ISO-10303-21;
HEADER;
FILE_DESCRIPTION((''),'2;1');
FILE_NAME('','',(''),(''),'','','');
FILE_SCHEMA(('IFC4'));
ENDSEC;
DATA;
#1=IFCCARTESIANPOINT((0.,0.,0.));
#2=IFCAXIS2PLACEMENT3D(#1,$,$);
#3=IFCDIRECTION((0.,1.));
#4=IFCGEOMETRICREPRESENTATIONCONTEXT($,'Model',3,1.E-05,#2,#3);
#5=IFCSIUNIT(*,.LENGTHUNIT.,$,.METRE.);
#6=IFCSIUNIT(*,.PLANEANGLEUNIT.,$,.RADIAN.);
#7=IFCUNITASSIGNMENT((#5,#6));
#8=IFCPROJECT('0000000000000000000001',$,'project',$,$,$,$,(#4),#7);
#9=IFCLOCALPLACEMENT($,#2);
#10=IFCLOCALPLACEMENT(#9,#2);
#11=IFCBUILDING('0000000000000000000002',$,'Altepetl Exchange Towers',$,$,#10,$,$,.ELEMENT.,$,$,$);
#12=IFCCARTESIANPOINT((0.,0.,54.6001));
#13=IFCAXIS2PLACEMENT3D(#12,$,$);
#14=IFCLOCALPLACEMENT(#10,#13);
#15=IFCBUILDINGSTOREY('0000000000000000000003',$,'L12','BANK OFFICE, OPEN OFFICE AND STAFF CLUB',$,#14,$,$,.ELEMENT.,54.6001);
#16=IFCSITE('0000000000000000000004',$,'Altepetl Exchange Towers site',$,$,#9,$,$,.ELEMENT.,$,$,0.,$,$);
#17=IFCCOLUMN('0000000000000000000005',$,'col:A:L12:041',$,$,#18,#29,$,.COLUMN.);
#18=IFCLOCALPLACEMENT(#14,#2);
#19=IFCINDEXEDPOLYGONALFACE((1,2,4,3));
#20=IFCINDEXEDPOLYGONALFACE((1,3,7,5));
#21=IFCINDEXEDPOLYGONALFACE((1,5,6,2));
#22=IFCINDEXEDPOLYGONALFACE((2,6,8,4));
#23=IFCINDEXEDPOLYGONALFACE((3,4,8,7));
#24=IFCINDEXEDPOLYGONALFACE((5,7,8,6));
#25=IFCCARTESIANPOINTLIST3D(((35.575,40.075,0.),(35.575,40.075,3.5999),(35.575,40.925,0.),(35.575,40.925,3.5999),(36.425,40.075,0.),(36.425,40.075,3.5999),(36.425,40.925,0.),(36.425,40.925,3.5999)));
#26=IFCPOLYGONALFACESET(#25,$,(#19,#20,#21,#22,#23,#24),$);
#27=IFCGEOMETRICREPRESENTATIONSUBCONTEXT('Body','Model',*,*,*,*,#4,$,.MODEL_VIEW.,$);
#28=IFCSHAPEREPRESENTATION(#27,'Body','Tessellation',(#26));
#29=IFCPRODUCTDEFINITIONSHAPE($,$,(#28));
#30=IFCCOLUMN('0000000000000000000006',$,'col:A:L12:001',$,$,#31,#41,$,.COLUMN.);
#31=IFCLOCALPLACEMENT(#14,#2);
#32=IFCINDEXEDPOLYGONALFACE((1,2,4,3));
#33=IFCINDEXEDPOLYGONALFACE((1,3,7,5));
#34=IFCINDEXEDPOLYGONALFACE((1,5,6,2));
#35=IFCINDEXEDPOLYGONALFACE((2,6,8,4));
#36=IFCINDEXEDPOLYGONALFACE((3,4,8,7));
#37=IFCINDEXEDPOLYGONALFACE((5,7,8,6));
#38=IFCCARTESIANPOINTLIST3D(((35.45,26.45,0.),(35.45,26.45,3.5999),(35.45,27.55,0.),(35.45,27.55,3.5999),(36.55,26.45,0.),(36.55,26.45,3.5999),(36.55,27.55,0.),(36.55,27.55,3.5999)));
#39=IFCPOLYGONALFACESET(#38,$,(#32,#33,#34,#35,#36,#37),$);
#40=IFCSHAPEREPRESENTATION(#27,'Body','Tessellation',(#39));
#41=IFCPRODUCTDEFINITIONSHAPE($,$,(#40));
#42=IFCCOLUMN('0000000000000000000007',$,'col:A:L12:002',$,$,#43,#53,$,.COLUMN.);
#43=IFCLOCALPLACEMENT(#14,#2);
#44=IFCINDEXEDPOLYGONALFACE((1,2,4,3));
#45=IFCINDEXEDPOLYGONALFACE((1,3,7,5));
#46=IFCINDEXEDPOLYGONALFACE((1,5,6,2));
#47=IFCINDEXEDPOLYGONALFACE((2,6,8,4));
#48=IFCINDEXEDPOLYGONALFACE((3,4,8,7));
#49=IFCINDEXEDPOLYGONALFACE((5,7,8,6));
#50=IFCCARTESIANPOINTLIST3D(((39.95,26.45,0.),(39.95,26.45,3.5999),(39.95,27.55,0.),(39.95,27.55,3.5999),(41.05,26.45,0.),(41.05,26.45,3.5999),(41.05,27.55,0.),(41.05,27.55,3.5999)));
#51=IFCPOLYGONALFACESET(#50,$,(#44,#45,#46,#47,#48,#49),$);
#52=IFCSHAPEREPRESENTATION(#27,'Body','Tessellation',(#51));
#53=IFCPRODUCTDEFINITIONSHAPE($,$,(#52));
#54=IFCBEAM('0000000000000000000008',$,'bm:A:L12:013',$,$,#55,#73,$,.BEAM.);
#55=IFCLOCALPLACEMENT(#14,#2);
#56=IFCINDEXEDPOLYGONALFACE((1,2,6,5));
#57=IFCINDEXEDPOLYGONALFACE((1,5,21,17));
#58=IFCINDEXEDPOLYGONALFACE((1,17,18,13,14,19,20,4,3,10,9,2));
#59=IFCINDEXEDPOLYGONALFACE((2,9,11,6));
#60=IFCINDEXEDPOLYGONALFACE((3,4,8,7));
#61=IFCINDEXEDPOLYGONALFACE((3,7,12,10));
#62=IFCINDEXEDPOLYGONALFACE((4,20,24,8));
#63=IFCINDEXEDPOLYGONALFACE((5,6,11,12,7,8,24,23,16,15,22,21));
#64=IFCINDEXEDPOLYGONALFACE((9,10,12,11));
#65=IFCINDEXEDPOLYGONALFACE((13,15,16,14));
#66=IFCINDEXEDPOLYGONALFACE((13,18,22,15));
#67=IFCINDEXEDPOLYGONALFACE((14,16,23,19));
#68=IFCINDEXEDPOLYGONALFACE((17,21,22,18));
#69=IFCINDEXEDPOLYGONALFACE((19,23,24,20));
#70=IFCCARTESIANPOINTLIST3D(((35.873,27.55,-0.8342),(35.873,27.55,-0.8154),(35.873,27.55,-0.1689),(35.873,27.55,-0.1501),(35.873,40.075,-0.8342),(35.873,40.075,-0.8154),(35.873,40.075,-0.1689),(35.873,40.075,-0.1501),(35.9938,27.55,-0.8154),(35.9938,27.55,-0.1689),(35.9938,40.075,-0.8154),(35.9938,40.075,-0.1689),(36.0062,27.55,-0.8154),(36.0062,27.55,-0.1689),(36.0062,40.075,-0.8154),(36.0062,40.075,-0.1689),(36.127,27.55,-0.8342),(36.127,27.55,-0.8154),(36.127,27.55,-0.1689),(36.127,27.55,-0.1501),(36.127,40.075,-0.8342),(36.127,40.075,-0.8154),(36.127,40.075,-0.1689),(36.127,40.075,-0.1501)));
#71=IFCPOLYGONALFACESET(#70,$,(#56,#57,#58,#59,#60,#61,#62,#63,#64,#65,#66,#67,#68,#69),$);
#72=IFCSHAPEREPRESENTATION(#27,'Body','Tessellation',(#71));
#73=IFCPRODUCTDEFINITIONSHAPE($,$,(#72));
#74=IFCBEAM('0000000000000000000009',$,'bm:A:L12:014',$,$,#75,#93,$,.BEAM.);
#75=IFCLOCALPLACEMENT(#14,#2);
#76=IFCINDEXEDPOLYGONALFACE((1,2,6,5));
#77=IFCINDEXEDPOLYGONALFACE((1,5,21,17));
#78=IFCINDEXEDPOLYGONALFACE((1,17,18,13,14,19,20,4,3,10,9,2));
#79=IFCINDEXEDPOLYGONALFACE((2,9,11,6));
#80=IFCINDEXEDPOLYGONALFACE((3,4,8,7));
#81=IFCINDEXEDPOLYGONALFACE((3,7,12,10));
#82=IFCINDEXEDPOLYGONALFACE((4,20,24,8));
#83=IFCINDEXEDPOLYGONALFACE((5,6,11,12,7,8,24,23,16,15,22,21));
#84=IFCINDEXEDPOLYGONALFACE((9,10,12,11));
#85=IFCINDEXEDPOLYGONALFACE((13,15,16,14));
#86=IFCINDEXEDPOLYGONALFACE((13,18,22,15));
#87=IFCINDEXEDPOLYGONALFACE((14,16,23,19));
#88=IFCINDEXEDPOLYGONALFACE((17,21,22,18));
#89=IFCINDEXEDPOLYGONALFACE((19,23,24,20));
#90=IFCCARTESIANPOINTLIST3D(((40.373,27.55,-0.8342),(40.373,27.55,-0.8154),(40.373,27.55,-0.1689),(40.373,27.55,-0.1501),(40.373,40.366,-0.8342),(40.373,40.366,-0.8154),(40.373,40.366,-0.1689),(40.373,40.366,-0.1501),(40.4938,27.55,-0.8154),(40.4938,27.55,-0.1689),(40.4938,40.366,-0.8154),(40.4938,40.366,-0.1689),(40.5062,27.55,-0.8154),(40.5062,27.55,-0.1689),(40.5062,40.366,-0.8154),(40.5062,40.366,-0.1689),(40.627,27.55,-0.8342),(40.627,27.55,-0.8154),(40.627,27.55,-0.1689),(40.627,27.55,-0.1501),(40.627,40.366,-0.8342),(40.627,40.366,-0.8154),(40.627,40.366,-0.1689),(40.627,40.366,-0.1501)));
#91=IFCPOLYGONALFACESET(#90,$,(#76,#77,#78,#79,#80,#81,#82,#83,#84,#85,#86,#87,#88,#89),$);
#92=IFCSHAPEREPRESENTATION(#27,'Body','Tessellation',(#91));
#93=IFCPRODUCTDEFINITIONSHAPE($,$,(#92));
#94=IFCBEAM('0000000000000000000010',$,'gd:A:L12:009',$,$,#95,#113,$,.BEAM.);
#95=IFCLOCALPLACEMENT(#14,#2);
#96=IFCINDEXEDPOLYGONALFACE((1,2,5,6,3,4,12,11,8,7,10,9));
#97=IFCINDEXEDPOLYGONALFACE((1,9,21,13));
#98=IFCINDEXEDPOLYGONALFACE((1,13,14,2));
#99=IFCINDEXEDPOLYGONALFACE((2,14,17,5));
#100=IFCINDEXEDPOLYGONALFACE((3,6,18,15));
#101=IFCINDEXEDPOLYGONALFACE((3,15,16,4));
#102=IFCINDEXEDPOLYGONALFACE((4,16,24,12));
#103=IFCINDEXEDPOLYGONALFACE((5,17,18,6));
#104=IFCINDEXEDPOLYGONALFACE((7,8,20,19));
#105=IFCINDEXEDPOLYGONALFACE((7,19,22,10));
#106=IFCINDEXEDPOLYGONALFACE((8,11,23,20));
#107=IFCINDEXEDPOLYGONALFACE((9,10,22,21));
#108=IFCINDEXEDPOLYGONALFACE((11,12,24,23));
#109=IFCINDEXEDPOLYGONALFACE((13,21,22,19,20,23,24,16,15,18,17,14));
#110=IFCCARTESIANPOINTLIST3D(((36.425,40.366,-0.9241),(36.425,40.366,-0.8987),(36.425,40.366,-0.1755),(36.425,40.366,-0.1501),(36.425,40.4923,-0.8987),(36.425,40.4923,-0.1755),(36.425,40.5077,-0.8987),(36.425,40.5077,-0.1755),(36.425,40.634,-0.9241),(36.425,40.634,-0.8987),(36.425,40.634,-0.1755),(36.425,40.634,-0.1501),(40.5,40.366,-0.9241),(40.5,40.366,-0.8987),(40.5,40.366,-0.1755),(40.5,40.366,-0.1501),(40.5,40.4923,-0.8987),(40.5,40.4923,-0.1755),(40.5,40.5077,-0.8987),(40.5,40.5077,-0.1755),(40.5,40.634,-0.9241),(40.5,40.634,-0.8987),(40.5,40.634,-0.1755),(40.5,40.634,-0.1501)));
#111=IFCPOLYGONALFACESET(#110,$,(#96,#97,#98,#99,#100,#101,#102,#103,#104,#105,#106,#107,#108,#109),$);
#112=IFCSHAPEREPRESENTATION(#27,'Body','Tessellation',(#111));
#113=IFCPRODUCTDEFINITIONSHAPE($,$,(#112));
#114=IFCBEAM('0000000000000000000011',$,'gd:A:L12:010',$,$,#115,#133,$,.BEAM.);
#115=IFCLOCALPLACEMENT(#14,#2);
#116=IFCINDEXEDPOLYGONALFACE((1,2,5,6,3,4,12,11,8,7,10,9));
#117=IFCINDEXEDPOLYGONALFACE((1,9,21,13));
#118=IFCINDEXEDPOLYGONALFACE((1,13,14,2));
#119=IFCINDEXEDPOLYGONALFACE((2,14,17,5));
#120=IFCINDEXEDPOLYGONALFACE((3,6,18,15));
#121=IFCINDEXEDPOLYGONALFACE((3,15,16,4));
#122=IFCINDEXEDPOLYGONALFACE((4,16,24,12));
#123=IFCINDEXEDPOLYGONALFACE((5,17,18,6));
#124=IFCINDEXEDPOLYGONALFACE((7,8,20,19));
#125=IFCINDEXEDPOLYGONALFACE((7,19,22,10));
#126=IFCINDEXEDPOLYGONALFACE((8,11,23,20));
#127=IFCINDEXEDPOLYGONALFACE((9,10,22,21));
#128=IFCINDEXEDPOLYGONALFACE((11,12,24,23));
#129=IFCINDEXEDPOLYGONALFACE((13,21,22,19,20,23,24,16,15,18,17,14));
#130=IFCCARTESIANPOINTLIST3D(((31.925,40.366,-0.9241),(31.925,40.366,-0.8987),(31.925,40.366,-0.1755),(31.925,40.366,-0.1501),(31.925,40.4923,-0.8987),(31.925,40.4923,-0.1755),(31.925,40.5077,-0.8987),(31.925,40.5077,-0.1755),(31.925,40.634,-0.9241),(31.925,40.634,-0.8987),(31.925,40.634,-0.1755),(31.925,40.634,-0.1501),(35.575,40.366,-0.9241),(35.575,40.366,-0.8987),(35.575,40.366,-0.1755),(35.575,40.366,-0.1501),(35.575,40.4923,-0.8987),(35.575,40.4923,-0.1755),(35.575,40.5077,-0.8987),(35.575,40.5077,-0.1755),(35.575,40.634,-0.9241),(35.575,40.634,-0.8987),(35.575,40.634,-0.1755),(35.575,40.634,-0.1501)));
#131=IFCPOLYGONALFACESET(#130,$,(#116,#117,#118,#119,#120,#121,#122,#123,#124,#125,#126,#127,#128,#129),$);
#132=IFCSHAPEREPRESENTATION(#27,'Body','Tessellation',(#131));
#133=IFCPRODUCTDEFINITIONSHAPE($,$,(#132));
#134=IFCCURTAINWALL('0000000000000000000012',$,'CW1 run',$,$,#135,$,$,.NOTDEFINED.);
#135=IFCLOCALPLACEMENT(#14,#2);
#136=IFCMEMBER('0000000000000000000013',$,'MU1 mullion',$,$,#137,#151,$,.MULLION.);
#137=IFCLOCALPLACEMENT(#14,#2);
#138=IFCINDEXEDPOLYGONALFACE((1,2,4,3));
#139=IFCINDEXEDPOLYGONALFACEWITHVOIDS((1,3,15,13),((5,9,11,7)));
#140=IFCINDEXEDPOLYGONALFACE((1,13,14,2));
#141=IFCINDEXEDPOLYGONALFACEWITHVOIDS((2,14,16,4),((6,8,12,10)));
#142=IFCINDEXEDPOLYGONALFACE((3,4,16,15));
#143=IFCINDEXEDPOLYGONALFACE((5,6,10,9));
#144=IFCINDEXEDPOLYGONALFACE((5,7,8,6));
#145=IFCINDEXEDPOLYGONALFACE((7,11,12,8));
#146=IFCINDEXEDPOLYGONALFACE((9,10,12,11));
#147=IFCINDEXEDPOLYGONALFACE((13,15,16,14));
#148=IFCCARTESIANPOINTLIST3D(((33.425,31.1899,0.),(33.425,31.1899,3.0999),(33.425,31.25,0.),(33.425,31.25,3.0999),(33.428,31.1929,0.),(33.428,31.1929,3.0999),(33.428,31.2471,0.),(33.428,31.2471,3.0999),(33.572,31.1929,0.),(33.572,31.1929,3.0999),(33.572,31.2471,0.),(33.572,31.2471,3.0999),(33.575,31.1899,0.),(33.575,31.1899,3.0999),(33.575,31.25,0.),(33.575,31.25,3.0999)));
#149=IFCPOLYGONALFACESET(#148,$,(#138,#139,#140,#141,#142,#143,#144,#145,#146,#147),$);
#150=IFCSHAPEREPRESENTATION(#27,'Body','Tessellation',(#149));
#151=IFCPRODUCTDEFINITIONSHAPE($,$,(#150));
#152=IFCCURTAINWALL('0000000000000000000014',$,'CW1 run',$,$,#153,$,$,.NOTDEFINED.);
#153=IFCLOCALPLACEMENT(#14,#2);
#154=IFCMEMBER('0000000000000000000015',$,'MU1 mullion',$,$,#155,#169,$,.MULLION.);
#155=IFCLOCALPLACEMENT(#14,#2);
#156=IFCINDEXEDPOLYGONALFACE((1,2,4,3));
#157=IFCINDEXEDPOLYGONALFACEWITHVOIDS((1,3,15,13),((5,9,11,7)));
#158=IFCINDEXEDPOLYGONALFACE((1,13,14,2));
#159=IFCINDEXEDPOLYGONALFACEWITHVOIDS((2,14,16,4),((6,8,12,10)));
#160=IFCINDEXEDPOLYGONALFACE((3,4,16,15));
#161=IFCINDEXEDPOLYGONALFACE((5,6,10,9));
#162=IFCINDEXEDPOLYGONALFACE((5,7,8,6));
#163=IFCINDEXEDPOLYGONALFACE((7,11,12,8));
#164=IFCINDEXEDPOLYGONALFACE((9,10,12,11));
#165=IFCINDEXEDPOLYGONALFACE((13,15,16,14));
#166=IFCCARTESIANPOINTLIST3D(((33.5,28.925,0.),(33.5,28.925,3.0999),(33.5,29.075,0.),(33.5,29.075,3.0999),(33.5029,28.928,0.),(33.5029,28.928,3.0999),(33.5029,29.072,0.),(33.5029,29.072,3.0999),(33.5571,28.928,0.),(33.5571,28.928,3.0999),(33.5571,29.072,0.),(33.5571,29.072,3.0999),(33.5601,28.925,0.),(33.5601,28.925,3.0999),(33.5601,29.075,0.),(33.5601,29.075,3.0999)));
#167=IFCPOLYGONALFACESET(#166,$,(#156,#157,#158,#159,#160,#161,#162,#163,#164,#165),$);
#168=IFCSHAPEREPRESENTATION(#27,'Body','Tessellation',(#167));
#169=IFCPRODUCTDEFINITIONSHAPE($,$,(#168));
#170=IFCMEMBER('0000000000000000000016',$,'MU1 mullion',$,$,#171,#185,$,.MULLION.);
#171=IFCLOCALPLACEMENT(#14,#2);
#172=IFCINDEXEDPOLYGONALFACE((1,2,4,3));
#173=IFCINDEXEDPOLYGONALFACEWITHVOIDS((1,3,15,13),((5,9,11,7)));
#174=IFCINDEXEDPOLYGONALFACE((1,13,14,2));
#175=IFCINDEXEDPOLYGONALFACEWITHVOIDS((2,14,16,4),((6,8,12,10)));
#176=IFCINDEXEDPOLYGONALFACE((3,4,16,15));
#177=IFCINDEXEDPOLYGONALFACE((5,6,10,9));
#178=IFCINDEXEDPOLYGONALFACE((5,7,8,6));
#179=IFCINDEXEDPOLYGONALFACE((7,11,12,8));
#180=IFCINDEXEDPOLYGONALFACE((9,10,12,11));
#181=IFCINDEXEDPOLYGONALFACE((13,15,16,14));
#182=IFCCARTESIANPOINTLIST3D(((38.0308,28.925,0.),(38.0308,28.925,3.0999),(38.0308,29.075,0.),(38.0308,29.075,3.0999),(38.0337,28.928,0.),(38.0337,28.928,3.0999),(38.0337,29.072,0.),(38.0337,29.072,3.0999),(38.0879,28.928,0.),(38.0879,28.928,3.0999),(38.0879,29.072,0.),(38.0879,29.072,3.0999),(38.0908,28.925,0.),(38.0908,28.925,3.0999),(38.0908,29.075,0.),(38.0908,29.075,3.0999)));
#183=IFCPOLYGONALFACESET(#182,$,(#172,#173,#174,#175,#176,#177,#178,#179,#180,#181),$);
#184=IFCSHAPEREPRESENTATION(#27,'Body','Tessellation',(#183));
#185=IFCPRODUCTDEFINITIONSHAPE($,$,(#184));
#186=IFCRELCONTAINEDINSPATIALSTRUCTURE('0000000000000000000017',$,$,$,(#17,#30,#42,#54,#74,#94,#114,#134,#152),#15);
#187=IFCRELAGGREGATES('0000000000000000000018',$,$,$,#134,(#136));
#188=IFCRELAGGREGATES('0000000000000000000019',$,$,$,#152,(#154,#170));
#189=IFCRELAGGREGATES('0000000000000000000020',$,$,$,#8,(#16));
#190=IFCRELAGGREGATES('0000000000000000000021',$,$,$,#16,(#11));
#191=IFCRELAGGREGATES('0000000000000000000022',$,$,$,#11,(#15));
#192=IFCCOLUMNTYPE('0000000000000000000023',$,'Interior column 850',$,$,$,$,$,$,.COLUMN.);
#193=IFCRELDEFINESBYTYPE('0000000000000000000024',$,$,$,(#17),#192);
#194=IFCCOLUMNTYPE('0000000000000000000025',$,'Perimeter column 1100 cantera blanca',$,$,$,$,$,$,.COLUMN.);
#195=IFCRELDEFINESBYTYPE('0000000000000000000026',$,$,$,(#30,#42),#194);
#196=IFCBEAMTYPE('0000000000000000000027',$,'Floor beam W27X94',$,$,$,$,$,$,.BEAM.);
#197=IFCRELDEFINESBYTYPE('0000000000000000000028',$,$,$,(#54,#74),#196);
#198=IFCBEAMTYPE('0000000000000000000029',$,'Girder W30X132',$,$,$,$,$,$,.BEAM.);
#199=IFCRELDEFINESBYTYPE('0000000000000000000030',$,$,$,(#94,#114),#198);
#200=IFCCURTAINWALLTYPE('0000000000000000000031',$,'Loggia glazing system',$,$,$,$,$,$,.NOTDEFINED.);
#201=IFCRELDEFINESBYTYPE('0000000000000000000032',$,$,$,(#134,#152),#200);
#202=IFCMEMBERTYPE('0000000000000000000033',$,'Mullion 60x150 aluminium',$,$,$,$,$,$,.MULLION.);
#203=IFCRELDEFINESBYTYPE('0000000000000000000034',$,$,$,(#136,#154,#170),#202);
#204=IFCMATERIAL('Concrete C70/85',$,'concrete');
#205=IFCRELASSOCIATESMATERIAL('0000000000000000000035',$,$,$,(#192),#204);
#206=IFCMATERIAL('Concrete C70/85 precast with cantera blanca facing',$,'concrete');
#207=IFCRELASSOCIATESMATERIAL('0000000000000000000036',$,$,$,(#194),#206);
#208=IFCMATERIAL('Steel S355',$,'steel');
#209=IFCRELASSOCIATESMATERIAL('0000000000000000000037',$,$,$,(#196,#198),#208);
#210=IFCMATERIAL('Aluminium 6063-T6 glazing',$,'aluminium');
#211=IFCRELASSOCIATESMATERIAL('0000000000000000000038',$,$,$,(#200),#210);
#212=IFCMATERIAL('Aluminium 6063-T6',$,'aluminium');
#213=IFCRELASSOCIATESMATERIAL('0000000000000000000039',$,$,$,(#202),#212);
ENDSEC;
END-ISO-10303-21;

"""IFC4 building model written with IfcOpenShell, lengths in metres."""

from ifc_helpers import new_model, si_unit, direction, frame, origin, origin_2d, place, context, subcontext, project, spatial, rectangle, hollow_rectangle, i_section, extrude, material, material_profile, profile_set, type_object, element, aggregate, save


model = new_model("IFC4")

# Units and contexts
model_context = context("Model", 3, precision=1e-05, world=origin(), true_north=direction((0.0, 1.0)))
body_context = subcontext(model_context, "Body", "Model", "MODEL_VIEW")
ifc_project = project(units=[si_unit("LENGTHUNIT", "METRE"), si_unit("PLANEANGLEUNIT", "RADIAN")], contexts=[model_context])

# Site, building, storey
site_placement = place(None, origin())
site = spatial("IfcSite", under=ifc_project, at=site_placement, Name="Altepetl Exchange Towers site", CompositionType="ELEMENT", RefElevation=0.0)
building_placement = place(site_placement, origin())
building = spatial("IfcBuilding", under=site, at=building_placement, Name="Altepetl Exchange Towers", CompositionType="ELEMENT")
storey_placement = place(building_placement, frame((0.0, 0.0, 54.6001)))
storey = spatial("IfcBuildingStorey", under=building, at=storey_placement, Name="L12", Description="BANK OFFICE, OPEN OFFICE AND STAFF CLUB", CompositionType="ELEMENT", Elevation=54.6001)

# Columns
ifc_material_1 = material(Name="Concrete C70/85", Category="concrete")
ifc_material_profile_1 = material_profile(ifc_material_1, rectangle(XDim=0.8501, YDim=0.8501, at=origin_2d()), Name="850 x 850")
ifc_profile_set_1 = profile_set([ifc_material_profile_1], Name="Concrete C70/85")
column_type_1 = type_object("IfcColumnType", Name="Interior column 850", PredefinedType="COLUMN", material=ifc_profile_set_1)
column_placement = place(storey_placement, frame((36.0, 40.5, 0.0)))
element("IfcColumn", 1, at=column_placement, inside=storey, type_object=column_type_1, Name="col:A:L12:041", PredefinedType="COLUMN", context=body_context, shape_type="SweptSolid", body=[
    extrude(rectangle(XDim=0.8501, YDim=0.8501, at=origin_2d()), origin(), (0.0, 0.0, 1.0), 3.5999),
])
ifc_material_2 = material(Name="Concrete C70/85 precast with cantera blanca facing", Category="concrete")
ifc_material_profile_2 = material_profile(ifc_material_2, rectangle(XDim=1.1001, YDim=1.1001, at=origin_2d()), Name="1100 x 1100")
ifc_profile_set_2 = profile_set([ifc_material_profile_2], Name="Concrete C70/85 precast with cantera blanca facing")
column_type_2 = type_object("IfcColumnType", Name="Perimeter column 1100 cantera blanca", PredefinedType="COLUMN", material=ifc_profile_set_2)
for number, where, name in (
    (2, (36.0, 27.0, 0.0), "col:A:L12:001"),
    (3, (40.5, 27.0, 0.0), "col:A:L12:002"),
):
    element("IfcColumn", number, at=place(storey_placement, frame(where)), inside=storey, type_object=column_type_2, Name=name, PredefinedType="COLUMN", context=body_context, shape_type="SweptSolid", body=[
        extrude(rectangle(XDim=1.1001, YDim=1.1001, at=origin_2d()), origin(), (0.0, 0.0, 1.0), 3.5999),
    ])

# Beams
ifc_material_3 = material(Name="Steel S355", Category="steel")
ifc_material_profile_3 = material_profile(ifc_material_3, i_section(OverallWidth=0.2539, OverallDepth=0.6841, WebThickness=0.0125, FlangeThickness=0.0188, at=origin_2d()), Name="W27X94")
ifc_profile_set_3 = profile_set([ifc_material_profile_3], Name="Steel S355")
beam_type_1 = type_object("IfcBeamType", Name="Floor beam W27X94", PredefinedType="BEAM", material=ifc_profile_set_3)
beam_1_placement = place(storey_placement, frame((36.0, 27.55, -0.4922), z_axis=(0.0, 1.0, 0.0), x_axis=(-1.0, 0.0, 0.0)))
element("IfcBeam", 4, at=beam_1_placement, inside=storey, type_object=beam_type_1, Name="bm:A:L12:013", PredefinedType="BEAM", context=body_context, shape_type="SweptSolid", body=[
    extrude(i_section(OverallWidth=0.2539, OverallDepth=0.6841, WebThickness=0.0125, FlangeThickness=0.0188, at=origin_2d()), origin(), (0.0, 0.0, 1.0), 12.5249),
])
beam_2_placement = place(storey_placement, frame((40.5, 27.55, -0.4922), z_axis=(0.0, 1.0, 0.0), x_axis=(-1.0, 0.0, 0.0)))
element("IfcBeam", 5, at=beam_2_placement, inside=storey, type_object=beam_type_1, Name="bm:A:L12:014", PredefinedType="BEAM", context=body_context, shape_type="SweptSolid", body=[
    extrude(i_section(OverallWidth=0.2539, OverallDepth=0.6841, WebThickness=0.0125, FlangeThickness=0.0188, at=origin_2d()), origin(), (0.0, 0.0, 1.0), 12.8159),
])
ifc_material_profile_4 = material_profile(ifc_material_3, i_section(OverallWidth=0.2681, OverallDepth=0.7739, WebThickness=0.0154, FlangeThickness=0.0254, at=origin_2d()), Name="W30X132")
ifc_profile_set_4 = profile_set([ifc_material_profile_4], Name="Steel S355")
beam_type_2 = type_object("IfcBeamType", Name="Girder W30X132", PredefinedType="BEAM", material=ifc_profile_set_4)
beam_3_placement = place(storey_placement, frame((40.5, 40.5, -0.5371), z_axis=(-1.0, 0.0, 0.0), x_axis=(0.0, -1.0, 0.0)))
element("IfcBeam", 6, at=beam_3_placement, inside=storey, type_object=beam_type_2, Name="gd:A:L12:009", PredefinedType="BEAM", context=body_context, shape_type="SweptSolid", body=[
    extrude(i_section(OverallWidth=0.2681, OverallDepth=0.7739, WebThickness=0.0154, FlangeThickness=0.0254, at=origin_2d()), origin(), (0.0, 0.0, 1.0), 4.075),
])
beam_4_placement = place(storey_placement, frame((35.575, 40.5, -0.5371), z_axis=(-1.0, 0.0, 0.0), x_axis=(0.0, -1.0, 0.0)))
element("IfcBeam", 7, at=beam_4_placement, inside=storey, type_object=beam_type_2, Name="gd:A:L12:010", PredefinedType="BEAM", context=body_context, shape_type="SweptSolid", body=[
    extrude(i_section(OverallWidth=0.2681, OverallDepth=0.7739, WebThickness=0.0154, FlangeThickness=0.0254, at=origin_2d()), origin(), (0.0, 0.0, 1.0), 3.6499),
])

# Curtain wall, member
ifc_material_4 = material(Name="Aluminium 6063-T6 glazing", Category="aluminium")
curtain_wall_type = type_object("IfcCurtainWallType", Name="Loggia glazing system", PredefinedType="NOTDEFINED", material=ifc_material_4)
curtain_wall_1_placement = place(storey_placement, origin())
curtain_wall_1 = element("IfcCurtainWall", 8, at=curtain_wall_1_placement, inside=storey, type_object=curtain_wall_type, Name="CW1 run", PredefinedType="NOTDEFINED")
ifc_material_5 = material(Name="Aluminium 6063-T6", Category="aluminium")
ifc_material_profile_5 = material_profile(ifc_material_5, hollow_rectangle(XDim=0.0601, YDim=0.1499, WallThickness=0.0029, at=origin_2d()), Name="Mullion 60x150 aluminium")
ifc_profile_set_5 = profile_set([ifc_material_profile_5], Name="Aluminium 6063-T6")
member_type = type_object("IfcMemberType", Name="Mullion 60x150 aluminium", PredefinedType="MULLION", material=ifc_profile_set_5)
member_1_placement = place(storey_placement, frame((33.5, 31.22, 0.0), z_axis=(0.0, 0.0, 1.0), x_axis=(0.0, -1.0, 0.0)))
member_1 = element("IfcMember", 9, at=member_1_placement, type_object=member_type, Name="MU1 mullion", PredefinedType="MULLION", context=body_context, shape_type="SweptSolid", body=[
    extrude(hollow_rectangle(XDim=0.0601, YDim=0.1499, WallThickness=0.0029, at=origin_2d()), origin(), (0.0, 0.0, 1.0), 3.0999),
])
aggregate(curtain_wall_1, [member_1])

# Curtain wall, members
curtain_wall_2_placement = place(storey_placement, origin())
curtain_wall_2 = element("IfcCurtainWall", 10, at=curtain_wall_2_placement, inside=storey, type_object=curtain_wall_type, Name="CW1 run", PredefinedType="NOTDEFINED")
member_2_placement = place(storey_placement, frame((33.53, 29.0, 0.0)))
member_2 = element("IfcMember", 11, at=member_2_placement, type_object=member_type, Name="MU1 mullion", PredefinedType="MULLION", context=body_context, shape_type="SweptSolid", body=[
    extrude(hollow_rectangle(XDim=0.0601, YDim=0.1499, WallThickness=0.0029, at=origin_2d()), origin(), (0.0, 0.0, 1.0), 3.0999),
])
member_3_placement = place(storey_placement, frame((38.0608, 29.0, 0.0)))
member_3 = element("IfcMember", 12, at=member_3_placement, type_object=member_type, Name="MU1 mullion", PredefinedType="MULLION", context=body_context, shape_type="SweptSolid", body=[
    extrude(hollow_rectangle(XDim=0.0601, YDim=0.1499, WallThickness=0.0029, at=origin_2d()), origin(), (0.0, 0.0, 1.0), 3.0999),
])

aggregate(curtain_wall_2, [member_2, member_3])

save(model, "model.ifc")
